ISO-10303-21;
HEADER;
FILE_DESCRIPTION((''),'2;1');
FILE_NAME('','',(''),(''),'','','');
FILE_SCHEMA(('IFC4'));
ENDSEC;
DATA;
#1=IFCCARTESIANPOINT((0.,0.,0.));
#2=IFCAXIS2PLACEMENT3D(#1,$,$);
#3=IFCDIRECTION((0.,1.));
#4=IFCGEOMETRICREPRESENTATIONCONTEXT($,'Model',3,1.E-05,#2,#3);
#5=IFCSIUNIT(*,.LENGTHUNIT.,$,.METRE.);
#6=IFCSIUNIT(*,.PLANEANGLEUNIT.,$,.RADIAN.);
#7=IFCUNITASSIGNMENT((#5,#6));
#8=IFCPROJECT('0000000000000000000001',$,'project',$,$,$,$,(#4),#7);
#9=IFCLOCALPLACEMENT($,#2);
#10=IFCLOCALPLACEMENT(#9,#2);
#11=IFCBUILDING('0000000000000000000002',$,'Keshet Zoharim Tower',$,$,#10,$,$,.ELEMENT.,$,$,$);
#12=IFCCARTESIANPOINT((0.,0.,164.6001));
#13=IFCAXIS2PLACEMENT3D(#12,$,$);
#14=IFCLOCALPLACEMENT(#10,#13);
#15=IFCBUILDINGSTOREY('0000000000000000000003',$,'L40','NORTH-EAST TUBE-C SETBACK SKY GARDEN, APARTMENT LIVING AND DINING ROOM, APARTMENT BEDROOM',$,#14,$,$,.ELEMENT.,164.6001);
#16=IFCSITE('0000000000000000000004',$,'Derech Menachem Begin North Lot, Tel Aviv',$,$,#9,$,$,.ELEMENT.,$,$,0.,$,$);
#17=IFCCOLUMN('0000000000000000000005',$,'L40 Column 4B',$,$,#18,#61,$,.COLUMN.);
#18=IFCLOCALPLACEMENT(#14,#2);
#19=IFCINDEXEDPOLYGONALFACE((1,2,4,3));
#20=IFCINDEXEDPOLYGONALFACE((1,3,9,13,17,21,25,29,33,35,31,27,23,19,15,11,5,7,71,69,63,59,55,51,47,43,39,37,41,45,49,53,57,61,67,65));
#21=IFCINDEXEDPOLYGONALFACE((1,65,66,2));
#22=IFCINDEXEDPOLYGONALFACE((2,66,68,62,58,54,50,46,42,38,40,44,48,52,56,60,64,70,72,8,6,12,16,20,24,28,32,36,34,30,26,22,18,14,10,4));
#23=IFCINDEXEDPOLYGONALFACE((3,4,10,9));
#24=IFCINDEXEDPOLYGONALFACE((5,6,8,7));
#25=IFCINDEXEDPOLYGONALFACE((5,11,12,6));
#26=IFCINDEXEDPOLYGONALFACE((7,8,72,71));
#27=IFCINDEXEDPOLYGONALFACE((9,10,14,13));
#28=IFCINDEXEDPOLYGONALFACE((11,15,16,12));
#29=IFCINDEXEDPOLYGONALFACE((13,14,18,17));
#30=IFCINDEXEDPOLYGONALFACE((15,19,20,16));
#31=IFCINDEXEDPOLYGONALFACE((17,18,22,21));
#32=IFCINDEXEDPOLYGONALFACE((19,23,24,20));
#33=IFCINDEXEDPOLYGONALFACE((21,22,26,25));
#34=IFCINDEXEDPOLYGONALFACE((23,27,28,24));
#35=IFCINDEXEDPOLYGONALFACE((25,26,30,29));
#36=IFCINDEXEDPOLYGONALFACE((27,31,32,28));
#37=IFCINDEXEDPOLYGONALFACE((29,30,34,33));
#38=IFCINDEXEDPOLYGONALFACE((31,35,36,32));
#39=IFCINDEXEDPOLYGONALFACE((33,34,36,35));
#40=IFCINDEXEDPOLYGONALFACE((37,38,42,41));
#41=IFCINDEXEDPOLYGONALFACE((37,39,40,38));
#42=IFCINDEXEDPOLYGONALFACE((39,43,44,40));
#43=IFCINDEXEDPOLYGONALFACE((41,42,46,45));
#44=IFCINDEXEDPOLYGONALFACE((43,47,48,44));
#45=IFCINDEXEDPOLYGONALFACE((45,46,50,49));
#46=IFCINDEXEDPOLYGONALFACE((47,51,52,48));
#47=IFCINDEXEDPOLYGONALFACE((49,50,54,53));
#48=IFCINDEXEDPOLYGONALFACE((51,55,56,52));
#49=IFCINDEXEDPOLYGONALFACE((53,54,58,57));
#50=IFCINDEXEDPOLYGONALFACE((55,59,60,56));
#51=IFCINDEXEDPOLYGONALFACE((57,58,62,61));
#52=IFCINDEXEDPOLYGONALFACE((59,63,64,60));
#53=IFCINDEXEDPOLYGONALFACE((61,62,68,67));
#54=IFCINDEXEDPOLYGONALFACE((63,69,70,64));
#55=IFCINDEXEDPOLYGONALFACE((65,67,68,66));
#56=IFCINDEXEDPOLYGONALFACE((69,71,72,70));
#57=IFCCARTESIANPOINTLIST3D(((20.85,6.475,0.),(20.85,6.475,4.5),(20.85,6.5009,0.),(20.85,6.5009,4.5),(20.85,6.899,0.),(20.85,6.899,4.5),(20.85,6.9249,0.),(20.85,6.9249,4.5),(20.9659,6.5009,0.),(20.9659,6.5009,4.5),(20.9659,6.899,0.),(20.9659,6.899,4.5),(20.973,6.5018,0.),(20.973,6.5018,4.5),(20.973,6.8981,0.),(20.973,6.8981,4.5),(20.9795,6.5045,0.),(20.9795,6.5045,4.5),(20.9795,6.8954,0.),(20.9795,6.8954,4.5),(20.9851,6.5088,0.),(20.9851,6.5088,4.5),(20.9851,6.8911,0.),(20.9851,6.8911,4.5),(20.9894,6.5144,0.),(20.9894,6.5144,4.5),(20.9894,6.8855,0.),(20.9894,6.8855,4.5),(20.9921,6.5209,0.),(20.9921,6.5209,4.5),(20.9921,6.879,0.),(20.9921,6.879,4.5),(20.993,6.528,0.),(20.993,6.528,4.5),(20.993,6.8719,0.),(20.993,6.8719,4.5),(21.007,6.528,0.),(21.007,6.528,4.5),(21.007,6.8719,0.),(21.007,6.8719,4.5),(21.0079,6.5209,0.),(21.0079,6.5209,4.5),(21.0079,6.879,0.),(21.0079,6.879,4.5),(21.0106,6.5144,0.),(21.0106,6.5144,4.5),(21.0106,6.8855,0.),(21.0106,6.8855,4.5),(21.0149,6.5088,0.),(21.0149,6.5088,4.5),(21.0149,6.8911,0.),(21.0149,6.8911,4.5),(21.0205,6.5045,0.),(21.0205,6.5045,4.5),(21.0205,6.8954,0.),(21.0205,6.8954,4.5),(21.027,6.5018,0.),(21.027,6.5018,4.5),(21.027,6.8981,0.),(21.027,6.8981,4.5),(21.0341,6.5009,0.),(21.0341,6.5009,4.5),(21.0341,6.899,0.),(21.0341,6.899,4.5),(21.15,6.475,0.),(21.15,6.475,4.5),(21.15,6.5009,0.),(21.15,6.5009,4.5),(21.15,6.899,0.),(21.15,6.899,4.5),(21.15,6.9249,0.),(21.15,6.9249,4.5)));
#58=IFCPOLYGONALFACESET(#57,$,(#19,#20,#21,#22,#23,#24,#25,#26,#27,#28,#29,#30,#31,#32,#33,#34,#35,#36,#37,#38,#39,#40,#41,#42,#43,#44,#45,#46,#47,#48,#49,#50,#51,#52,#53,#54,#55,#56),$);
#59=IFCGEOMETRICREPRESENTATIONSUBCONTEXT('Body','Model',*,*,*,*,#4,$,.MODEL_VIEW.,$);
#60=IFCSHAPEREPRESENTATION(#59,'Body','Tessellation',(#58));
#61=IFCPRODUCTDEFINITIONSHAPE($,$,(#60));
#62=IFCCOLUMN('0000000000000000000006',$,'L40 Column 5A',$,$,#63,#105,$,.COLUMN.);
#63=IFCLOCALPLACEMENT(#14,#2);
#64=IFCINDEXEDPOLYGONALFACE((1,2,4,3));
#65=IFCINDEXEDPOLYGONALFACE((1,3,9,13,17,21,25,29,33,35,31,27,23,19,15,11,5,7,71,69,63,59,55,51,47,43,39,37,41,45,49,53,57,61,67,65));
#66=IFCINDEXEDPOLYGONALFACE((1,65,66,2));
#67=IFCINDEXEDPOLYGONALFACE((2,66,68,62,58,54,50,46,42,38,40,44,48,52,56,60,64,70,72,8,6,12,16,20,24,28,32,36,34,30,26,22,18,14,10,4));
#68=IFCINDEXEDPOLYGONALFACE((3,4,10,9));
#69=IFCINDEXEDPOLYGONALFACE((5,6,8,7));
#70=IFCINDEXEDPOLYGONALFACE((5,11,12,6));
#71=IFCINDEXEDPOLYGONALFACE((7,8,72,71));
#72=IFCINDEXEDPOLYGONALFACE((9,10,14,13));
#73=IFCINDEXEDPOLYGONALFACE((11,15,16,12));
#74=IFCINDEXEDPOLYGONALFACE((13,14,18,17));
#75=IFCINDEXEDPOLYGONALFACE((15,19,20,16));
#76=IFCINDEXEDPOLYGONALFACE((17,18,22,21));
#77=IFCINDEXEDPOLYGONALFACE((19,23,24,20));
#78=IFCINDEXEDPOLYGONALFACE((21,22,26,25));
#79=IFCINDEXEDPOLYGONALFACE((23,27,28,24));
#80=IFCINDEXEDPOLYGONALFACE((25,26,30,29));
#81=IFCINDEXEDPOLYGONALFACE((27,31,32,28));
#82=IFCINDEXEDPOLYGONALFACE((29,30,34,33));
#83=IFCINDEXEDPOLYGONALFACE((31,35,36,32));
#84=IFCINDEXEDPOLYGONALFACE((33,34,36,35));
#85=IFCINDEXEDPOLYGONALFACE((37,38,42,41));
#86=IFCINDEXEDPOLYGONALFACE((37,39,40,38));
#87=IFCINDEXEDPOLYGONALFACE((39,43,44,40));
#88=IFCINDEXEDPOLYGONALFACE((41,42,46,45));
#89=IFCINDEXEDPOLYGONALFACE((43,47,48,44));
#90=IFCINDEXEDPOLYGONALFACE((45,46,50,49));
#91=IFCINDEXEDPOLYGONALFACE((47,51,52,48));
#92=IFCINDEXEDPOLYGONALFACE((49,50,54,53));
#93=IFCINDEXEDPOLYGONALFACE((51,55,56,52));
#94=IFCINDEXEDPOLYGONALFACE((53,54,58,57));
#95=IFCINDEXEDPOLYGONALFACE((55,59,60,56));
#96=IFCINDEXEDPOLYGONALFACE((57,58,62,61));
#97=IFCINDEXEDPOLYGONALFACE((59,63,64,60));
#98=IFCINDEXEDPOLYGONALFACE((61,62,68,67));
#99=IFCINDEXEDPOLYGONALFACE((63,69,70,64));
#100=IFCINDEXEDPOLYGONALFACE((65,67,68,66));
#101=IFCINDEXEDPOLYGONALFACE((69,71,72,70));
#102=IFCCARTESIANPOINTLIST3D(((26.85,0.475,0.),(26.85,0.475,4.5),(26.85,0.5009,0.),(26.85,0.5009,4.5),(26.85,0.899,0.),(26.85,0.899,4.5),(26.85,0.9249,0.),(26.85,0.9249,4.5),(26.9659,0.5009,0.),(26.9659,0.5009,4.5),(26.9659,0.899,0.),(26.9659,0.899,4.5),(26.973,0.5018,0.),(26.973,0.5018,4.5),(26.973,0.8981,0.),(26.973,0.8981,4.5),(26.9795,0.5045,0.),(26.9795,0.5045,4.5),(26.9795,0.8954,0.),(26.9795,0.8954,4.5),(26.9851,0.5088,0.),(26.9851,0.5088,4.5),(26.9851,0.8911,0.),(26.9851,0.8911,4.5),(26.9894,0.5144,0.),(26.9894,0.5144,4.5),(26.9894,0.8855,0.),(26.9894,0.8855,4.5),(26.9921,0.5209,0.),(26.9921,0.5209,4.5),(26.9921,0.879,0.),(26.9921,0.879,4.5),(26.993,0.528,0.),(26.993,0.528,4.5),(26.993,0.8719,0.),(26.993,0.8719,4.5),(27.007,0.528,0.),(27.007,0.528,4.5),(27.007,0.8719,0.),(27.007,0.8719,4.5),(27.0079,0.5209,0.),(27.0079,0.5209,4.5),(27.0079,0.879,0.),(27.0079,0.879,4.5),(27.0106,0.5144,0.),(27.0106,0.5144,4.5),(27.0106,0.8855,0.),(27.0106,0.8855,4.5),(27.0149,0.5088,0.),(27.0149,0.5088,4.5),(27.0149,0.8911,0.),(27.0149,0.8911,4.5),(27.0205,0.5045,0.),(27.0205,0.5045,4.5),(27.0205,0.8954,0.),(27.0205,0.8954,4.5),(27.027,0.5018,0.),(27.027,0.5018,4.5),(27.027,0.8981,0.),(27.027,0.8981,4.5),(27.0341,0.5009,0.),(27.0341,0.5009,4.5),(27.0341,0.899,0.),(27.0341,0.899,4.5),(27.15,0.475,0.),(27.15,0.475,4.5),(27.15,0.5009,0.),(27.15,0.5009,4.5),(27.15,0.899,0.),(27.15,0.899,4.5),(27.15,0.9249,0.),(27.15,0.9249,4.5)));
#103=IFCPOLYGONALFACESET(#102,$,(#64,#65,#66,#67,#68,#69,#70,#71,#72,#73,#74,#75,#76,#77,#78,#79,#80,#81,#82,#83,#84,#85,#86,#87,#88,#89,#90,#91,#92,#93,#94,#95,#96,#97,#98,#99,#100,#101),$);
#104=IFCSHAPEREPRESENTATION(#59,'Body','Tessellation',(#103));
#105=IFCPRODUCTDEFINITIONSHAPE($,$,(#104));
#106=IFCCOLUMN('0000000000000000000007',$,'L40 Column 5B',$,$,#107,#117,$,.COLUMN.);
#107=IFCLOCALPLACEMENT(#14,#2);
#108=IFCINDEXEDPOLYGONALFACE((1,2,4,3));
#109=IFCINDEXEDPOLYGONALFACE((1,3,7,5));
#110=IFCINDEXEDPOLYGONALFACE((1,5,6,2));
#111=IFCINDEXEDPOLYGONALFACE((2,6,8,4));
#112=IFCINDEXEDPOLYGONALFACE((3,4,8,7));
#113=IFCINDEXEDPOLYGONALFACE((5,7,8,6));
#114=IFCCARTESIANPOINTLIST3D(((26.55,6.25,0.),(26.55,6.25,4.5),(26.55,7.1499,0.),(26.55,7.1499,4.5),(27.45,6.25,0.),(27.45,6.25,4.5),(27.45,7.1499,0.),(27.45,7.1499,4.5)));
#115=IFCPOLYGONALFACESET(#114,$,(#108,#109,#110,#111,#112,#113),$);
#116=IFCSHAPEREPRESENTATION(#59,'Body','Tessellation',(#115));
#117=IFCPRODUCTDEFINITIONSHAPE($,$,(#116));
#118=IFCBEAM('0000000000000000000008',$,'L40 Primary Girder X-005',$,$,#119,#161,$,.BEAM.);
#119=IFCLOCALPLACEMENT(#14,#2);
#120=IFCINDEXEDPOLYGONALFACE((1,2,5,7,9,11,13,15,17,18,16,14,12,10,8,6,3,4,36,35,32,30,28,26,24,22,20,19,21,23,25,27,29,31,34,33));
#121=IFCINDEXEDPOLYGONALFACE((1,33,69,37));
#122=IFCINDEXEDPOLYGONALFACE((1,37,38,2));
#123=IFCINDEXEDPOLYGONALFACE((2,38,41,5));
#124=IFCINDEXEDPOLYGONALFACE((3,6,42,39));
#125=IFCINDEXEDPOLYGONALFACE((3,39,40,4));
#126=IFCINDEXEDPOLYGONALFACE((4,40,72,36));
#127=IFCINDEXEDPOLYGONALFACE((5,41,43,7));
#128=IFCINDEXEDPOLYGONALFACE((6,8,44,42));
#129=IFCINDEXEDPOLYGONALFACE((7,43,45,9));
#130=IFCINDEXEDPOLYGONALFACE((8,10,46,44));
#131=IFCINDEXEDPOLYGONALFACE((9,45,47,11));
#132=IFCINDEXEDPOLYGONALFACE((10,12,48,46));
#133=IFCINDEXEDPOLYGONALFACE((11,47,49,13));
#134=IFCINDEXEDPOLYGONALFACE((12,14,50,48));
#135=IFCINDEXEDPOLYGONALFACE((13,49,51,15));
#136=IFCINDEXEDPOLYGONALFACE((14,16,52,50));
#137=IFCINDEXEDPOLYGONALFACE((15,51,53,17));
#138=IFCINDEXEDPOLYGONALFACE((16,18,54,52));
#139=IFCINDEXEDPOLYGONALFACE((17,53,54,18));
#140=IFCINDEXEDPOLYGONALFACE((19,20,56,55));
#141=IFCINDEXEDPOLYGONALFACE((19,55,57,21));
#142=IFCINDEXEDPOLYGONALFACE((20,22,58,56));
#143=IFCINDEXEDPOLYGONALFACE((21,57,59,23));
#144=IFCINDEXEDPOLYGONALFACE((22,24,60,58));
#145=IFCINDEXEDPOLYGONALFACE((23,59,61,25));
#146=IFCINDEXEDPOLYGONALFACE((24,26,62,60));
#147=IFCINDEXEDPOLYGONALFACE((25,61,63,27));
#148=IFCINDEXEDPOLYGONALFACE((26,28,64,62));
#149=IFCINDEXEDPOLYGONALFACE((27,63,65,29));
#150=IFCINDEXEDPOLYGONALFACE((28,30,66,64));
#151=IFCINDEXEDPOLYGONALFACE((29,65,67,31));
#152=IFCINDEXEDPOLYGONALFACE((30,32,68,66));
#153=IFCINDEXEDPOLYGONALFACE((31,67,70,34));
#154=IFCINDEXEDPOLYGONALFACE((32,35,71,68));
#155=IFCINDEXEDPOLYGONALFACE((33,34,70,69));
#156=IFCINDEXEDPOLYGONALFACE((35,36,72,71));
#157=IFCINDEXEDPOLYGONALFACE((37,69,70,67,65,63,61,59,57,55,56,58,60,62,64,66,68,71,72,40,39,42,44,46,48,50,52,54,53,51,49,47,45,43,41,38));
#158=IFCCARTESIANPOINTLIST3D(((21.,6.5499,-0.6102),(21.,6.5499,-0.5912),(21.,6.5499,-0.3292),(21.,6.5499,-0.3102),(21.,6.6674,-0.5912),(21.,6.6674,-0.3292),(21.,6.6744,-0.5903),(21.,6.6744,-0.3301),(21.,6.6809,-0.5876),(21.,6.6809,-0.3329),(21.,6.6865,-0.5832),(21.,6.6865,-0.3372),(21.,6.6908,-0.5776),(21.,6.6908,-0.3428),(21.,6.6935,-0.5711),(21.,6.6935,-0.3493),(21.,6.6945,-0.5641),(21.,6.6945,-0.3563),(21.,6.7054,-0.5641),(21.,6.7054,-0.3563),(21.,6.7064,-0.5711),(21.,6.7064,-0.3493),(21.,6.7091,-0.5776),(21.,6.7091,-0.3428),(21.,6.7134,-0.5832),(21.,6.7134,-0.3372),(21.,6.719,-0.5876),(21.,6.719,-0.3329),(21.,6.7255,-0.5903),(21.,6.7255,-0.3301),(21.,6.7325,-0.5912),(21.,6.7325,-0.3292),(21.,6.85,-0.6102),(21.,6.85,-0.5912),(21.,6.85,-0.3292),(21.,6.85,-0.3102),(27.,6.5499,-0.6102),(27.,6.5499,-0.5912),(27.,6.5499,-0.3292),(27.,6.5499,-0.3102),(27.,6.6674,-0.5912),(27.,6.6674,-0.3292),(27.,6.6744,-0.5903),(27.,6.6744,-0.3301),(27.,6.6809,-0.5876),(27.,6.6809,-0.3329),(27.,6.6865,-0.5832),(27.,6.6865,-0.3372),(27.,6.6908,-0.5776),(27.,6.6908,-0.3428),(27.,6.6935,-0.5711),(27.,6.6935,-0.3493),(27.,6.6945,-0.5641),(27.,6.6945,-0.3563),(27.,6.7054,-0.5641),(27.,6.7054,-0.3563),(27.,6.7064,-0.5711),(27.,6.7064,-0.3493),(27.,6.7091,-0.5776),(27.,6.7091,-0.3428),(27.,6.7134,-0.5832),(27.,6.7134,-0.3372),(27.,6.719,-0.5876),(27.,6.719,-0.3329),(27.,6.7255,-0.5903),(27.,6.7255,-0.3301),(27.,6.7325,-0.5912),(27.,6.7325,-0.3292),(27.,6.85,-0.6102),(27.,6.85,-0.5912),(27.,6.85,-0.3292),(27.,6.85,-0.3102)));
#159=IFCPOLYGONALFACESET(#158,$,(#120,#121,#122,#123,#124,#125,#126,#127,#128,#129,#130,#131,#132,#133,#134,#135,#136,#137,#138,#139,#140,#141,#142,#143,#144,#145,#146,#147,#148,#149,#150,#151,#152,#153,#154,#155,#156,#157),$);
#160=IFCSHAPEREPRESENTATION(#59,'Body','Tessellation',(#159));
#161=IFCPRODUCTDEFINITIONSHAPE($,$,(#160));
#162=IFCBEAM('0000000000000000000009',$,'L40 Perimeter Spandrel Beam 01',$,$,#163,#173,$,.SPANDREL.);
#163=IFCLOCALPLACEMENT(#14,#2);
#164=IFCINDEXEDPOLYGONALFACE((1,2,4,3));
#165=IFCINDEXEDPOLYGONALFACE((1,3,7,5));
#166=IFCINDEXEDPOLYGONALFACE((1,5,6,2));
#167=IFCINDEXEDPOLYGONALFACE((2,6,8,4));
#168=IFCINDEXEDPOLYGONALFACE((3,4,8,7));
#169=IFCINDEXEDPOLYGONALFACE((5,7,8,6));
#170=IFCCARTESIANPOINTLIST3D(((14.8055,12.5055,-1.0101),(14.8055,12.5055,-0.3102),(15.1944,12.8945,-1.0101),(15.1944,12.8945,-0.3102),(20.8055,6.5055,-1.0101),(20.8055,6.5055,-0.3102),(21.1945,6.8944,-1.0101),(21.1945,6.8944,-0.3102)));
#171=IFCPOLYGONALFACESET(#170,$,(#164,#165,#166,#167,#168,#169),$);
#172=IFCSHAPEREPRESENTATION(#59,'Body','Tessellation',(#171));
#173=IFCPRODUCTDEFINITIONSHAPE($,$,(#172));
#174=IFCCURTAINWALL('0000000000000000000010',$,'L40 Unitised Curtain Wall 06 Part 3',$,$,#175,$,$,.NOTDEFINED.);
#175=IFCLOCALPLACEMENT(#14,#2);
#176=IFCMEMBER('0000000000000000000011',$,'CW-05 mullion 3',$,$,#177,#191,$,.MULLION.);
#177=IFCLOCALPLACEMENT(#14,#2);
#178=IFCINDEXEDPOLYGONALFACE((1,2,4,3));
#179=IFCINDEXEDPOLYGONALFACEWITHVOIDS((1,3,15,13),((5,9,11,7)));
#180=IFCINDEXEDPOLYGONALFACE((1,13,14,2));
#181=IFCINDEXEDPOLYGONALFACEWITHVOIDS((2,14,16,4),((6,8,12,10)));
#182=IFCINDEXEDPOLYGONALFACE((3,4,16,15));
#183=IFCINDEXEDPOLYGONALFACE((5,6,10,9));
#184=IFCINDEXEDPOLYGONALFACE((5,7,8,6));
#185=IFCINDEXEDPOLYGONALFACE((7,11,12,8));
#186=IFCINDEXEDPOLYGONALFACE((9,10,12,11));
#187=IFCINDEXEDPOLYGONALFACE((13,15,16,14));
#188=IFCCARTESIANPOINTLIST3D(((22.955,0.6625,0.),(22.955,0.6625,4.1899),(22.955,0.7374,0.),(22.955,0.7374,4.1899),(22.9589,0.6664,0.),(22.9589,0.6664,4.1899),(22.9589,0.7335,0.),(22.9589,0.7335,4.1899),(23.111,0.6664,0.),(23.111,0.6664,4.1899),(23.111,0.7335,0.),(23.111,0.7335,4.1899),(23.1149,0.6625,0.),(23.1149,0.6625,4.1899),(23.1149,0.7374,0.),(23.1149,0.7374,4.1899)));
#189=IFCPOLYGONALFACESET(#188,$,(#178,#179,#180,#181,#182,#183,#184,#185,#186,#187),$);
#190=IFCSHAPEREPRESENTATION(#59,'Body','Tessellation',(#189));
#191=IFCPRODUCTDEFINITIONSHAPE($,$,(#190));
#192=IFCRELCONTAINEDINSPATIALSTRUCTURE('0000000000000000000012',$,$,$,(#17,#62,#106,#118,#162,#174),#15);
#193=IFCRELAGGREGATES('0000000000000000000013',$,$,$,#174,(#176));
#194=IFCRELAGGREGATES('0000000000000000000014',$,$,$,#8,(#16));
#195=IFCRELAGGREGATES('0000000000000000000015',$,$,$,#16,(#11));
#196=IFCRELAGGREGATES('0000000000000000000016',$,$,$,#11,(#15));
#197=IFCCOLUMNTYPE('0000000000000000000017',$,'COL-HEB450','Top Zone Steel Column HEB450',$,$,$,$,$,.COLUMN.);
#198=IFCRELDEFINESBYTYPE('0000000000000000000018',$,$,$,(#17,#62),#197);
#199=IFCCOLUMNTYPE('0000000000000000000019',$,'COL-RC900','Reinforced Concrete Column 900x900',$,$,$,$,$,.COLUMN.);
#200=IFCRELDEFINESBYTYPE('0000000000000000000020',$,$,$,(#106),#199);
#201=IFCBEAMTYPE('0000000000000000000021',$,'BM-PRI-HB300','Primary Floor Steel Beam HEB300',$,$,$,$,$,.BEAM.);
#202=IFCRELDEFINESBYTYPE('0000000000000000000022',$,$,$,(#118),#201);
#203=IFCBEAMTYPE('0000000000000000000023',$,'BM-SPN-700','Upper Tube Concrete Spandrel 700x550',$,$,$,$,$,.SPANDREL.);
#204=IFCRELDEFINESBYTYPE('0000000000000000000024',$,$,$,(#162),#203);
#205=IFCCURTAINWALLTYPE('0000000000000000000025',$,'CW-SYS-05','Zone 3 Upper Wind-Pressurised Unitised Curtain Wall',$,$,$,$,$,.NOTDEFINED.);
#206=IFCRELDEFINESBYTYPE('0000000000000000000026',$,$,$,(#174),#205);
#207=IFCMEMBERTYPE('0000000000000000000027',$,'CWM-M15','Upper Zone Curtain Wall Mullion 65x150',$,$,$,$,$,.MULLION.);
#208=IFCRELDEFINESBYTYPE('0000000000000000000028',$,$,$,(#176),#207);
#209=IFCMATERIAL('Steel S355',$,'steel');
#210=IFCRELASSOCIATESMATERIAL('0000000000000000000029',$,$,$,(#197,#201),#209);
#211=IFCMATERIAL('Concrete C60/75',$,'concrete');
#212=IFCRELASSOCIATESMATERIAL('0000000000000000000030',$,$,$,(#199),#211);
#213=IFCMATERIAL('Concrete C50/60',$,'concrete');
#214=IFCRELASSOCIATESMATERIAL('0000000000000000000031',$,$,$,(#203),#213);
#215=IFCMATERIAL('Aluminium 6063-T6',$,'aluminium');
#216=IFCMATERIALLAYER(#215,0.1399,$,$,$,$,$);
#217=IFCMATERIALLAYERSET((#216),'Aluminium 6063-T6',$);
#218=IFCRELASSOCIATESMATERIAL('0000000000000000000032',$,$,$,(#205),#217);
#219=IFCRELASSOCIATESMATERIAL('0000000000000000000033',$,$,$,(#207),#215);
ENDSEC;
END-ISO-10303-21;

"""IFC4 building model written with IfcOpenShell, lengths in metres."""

from ifc_helpers import new_model, si_unit, direction, frame, origin, origin_2d, place, context, subcontext, project, spatial, rectangle, hollow_rectangle, i_section, extrude, material, layer, layer_set, material_profile, profile_set, type_object, element, aggregate, save


model = new_model("IFC4")

# Units and contexts
model_context = context("Model", 3, precision=1e-05, world=origin(), true_north=direction((0.0, 1.0)))
body_context = subcontext(model_context, "Body", "Model", "MODEL_VIEW")
ifc_project = project(units=[si_unit("LENGTHUNIT", "METRE"), si_unit("PLANEANGLEUNIT", "RADIAN")], contexts=[model_context])

# Site, building, storey
site_placement = place(None, origin())
site = spatial("IfcSite", under=ifc_project, at=site_placement, Name="Derech Menachem Begin North Lot, Tel Aviv", CompositionType="ELEMENT", RefElevation=0.0)
building_placement = place(site_placement, origin())
building = spatial("IfcBuilding", under=site, at=building_placement, Name="Keshet Zoharim Tower", CompositionType="ELEMENT")
storey_placement = place(building_placement, frame((0.0, 0.0, 164.6001)))
storey = spatial("IfcBuildingStorey", under=building, at=storey_placement, Name="L40", Description="NORTH-EAST TUBE-C SETBACK SKY GARDEN, APARTMENT LIVING AND DINING ROOM, APARTMENT BEDROOM", CompositionType="ELEMENT", Elevation=164.6001)

# Columns
ifc_material_1 = material(Name="Steel S355", Category="steel")
ifc_material_profile_1 = material_profile(ifc_material_1, i_section(OverallWidth=0.3, OverallDepth=0.45, WebThickness=0.0139, FlangeThickness=0.0259, FilletRadius=0.0271, at=origin_2d()), Name="HEB450")
ifc_profile_set_1 = profile_set([ifc_material_profile_1], Name="Steel S355")
column_type_1 = type_object("IfcColumnType", Name="COL-HEB450", Description="Top Zone Steel Column HEB450", PredefinedType="COLUMN", material=ifc_profile_set_1)
for number, where, z_axis, x_axis, name in (
    (1, (21.0, 6.7, 0.0), (0.0, 0.0, 1.0), (1.0, 0.0, 0.0), "L40 Column 4B"),
    (2, (27.0, 0.7, 0.0), (0.0, 0.0, 1.0), (1.0, 0.0, 0.0), "L40 Column 5A"),
):
    element("IfcColumn", number, at=place(storey_placement, frame(where, z_axis=z_axis, x_axis=x_axis)), inside=storey, type_object=column_type_1, Name=name, PredefinedType="COLUMN", context=body_context, shape_type="SweptSolid", body=[
        extrude(i_section(OverallWidth=0.3, OverallDepth=0.45, WebThickness=0.0139, FlangeThickness=0.0259, FilletRadius=0.0271, at=origin_2d()), origin(), (0.0, 0.0, 1.0), 4.5),
    ])
ifc_material_2 = material(Name="Concrete C60/75", Category="concrete")
ifc_material_profile_2 = material_profile(ifc_material_2, rectangle(XDim=0.8999, YDim=0.8999, at=origin_2d()), Name="RC900x900")
ifc_profile_set_2 = profile_set([ifc_material_profile_2], Name="Concrete C60/75")
column_type_2 = type_object("IfcColumnType", Name="COL-RC900", Description="Reinforced Concrete Column 900x900", PredefinedType="COLUMN", material=ifc_profile_set_2)
column_placement = place(storey_placement, frame((27.0, 6.7, 0.0), z_axis=(0.0, 0.0, 1.0), x_axis=(1.0, 0.0, 0.0)))
element("IfcColumn", 3, at=column_placement, inside=storey, type_object=column_type_2, Name="L40 Column 5B", PredefinedType="COLUMN", context=body_context, shape_type="SweptSolid", body=[
    extrude(rectangle(XDim=0.8999, YDim=0.8999, at=origin_2d()), origin(), (0.0, 0.0, 1.0), 4.5),
])

# Beams
ifc_material_profile_3 = material_profile(ifc_material_1, i_section(OverallWidth=0.3, OverallDepth=0.3, WebThickness=0.011, FlangeThickness=0.019, FilletRadius=0.0271, at=origin_2d()), Name="HEB300")
ifc_profile_set_3 = profile_set([ifc_material_profile_3], Name="Steel S355")
beam_type_1 = type_object("IfcBeamType", Name="BM-PRI-HB300", Description="Primary Floor Steel Beam HEB300", PredefinedType="BEAM", material=ifc_profile_set_3)
beam_1_placement = place(storey_placement, frame((21.0, 6.7, -0.4602), z_axis=(1.0, 0.0, 0.0), x_axis=(0.0, 1.0, 0.0)))
element("IfcBeam", 4, at=beam_1_placement, inside=storey, type_object=beam_type_1, Name="L40 Primary Girder X-005", PredefinedType="BEAM", context=body_context, shape_type="SweptSolid", body=[
    extrude(i_section(OverallWidth=0.3, OverallDepth=0.3, WebThickness=0.011, FlangeThickness=0.019, FilletRadius=0.0271, at=origin_2d()), origin(), (0.0, 0.0, 1.0), 6.0),
])
ifc_material_3 = material(Name="Concrete C50/60", Category="concrete")
ifc_material_profile_4 = material_profile(ifc_material_3, rectangle(XDim=0.55, YDim=0.7, at=origin_2d()), Name="RC700x550")
ifc_profile_set_4 = profile_set([ifc_material_profile_4], Name="Concrete C50/60")
beam_type_2 = type_object("IfcBeamType", Name="BM-SPN-700", Description="Upper Tube Concrete Spandrel 700x550", PredefinedType="SPANDREL", material=ifc_profile_set_4)
beam_2_placement = place(storey_placement, frame((21.0, 6.7, -0.6602), z_axis=(-0.707107, 0.707107, 0.0), x_axis=(-0.707107, -0.707107, 0.0)))
element("IfcBeam", 5, at=beam_2_placement, inside=storey, type_object=beam_type_2, Name="L40 Perimeter Spandrel Beam 01", PredefinedType="SPANDREL", context=body_context, shape_type="SweptSolid", body=[
    extrude(rectangle(XDim=0.55, YDim=0.7, at=origin_2d()), origin(), (0.0, 0.0, 1.0), 8.4854),
])

# Curtain wall, member
ifc_material_4 = material(Name="Aluminium 6063-T6", Category="aluminium")
ifc_layer_1 = layer(ifc_material_4, 0.1399)
ifc_layer_set_1 = layer_set([ifc_layer_1], Name="Aluminium 6063-T6")
curtain_wall_type = type_object("IfcCurtainWallType", Name="CW-SYS-05", Description="Zone 3 Upper Wind-Pressurised Unitised Curtain Wall", PredefinedType="NOTDEFINED", material=ifc_layer_set_1)
curtain_wall_1_placement = place(storey_placement, origin())
curtain_wall_1 = element("IfcCurtainWall", 6, at=curtain_wall_1_placement, inside=storey, type_object=curtain_wall_type, Name="L40 Unitised Curtain Wall 06 Part 3", PredefinedType="NOTDEFINED")
ifc_material_profile_5 = material_profile(ifc_material_4, hollow_rectangle(XDim=0.075, YDim=0.1599, WallThickness=0.0039, at=origin_2d()), Name="MUL-75x160")
ifc_profile_set_5 = profile_set([ifc_material_profile_5], Name="Aluminium 6063-T6")
member_type_1 = type_object("IfcMemberType", Name="CWM-M15", Description="Upper Zone Curtain Wall Mullion 65x150", PredefinedType="MULLION", material=ifc_profile_set_5)
member_1_placement = place(storey_placement, frame((23.0349, 0.7, 0.0), z_axis=(0.0, 0.0, 1.0), x_axis=(0.0, -1.0, 0.0)))
member_1 = element("IfcMember", 7, at=member_1_placement, type_object=member_type_1, Name="CW-05 mullion 3", PredefinedType="MULLION", context=body_context, shape_type="SweptSolid", body=[
    extrude(hollow_rectangle(XDim=0.075, YDim=0.1599, WallThickness=0.0039, at=origin_2d()), origin(), (0.0, 0.0, 1.0), 4.1899),
])
aggregate(curtain_wall_1, [member_1])

save(model, "model.ifc")
